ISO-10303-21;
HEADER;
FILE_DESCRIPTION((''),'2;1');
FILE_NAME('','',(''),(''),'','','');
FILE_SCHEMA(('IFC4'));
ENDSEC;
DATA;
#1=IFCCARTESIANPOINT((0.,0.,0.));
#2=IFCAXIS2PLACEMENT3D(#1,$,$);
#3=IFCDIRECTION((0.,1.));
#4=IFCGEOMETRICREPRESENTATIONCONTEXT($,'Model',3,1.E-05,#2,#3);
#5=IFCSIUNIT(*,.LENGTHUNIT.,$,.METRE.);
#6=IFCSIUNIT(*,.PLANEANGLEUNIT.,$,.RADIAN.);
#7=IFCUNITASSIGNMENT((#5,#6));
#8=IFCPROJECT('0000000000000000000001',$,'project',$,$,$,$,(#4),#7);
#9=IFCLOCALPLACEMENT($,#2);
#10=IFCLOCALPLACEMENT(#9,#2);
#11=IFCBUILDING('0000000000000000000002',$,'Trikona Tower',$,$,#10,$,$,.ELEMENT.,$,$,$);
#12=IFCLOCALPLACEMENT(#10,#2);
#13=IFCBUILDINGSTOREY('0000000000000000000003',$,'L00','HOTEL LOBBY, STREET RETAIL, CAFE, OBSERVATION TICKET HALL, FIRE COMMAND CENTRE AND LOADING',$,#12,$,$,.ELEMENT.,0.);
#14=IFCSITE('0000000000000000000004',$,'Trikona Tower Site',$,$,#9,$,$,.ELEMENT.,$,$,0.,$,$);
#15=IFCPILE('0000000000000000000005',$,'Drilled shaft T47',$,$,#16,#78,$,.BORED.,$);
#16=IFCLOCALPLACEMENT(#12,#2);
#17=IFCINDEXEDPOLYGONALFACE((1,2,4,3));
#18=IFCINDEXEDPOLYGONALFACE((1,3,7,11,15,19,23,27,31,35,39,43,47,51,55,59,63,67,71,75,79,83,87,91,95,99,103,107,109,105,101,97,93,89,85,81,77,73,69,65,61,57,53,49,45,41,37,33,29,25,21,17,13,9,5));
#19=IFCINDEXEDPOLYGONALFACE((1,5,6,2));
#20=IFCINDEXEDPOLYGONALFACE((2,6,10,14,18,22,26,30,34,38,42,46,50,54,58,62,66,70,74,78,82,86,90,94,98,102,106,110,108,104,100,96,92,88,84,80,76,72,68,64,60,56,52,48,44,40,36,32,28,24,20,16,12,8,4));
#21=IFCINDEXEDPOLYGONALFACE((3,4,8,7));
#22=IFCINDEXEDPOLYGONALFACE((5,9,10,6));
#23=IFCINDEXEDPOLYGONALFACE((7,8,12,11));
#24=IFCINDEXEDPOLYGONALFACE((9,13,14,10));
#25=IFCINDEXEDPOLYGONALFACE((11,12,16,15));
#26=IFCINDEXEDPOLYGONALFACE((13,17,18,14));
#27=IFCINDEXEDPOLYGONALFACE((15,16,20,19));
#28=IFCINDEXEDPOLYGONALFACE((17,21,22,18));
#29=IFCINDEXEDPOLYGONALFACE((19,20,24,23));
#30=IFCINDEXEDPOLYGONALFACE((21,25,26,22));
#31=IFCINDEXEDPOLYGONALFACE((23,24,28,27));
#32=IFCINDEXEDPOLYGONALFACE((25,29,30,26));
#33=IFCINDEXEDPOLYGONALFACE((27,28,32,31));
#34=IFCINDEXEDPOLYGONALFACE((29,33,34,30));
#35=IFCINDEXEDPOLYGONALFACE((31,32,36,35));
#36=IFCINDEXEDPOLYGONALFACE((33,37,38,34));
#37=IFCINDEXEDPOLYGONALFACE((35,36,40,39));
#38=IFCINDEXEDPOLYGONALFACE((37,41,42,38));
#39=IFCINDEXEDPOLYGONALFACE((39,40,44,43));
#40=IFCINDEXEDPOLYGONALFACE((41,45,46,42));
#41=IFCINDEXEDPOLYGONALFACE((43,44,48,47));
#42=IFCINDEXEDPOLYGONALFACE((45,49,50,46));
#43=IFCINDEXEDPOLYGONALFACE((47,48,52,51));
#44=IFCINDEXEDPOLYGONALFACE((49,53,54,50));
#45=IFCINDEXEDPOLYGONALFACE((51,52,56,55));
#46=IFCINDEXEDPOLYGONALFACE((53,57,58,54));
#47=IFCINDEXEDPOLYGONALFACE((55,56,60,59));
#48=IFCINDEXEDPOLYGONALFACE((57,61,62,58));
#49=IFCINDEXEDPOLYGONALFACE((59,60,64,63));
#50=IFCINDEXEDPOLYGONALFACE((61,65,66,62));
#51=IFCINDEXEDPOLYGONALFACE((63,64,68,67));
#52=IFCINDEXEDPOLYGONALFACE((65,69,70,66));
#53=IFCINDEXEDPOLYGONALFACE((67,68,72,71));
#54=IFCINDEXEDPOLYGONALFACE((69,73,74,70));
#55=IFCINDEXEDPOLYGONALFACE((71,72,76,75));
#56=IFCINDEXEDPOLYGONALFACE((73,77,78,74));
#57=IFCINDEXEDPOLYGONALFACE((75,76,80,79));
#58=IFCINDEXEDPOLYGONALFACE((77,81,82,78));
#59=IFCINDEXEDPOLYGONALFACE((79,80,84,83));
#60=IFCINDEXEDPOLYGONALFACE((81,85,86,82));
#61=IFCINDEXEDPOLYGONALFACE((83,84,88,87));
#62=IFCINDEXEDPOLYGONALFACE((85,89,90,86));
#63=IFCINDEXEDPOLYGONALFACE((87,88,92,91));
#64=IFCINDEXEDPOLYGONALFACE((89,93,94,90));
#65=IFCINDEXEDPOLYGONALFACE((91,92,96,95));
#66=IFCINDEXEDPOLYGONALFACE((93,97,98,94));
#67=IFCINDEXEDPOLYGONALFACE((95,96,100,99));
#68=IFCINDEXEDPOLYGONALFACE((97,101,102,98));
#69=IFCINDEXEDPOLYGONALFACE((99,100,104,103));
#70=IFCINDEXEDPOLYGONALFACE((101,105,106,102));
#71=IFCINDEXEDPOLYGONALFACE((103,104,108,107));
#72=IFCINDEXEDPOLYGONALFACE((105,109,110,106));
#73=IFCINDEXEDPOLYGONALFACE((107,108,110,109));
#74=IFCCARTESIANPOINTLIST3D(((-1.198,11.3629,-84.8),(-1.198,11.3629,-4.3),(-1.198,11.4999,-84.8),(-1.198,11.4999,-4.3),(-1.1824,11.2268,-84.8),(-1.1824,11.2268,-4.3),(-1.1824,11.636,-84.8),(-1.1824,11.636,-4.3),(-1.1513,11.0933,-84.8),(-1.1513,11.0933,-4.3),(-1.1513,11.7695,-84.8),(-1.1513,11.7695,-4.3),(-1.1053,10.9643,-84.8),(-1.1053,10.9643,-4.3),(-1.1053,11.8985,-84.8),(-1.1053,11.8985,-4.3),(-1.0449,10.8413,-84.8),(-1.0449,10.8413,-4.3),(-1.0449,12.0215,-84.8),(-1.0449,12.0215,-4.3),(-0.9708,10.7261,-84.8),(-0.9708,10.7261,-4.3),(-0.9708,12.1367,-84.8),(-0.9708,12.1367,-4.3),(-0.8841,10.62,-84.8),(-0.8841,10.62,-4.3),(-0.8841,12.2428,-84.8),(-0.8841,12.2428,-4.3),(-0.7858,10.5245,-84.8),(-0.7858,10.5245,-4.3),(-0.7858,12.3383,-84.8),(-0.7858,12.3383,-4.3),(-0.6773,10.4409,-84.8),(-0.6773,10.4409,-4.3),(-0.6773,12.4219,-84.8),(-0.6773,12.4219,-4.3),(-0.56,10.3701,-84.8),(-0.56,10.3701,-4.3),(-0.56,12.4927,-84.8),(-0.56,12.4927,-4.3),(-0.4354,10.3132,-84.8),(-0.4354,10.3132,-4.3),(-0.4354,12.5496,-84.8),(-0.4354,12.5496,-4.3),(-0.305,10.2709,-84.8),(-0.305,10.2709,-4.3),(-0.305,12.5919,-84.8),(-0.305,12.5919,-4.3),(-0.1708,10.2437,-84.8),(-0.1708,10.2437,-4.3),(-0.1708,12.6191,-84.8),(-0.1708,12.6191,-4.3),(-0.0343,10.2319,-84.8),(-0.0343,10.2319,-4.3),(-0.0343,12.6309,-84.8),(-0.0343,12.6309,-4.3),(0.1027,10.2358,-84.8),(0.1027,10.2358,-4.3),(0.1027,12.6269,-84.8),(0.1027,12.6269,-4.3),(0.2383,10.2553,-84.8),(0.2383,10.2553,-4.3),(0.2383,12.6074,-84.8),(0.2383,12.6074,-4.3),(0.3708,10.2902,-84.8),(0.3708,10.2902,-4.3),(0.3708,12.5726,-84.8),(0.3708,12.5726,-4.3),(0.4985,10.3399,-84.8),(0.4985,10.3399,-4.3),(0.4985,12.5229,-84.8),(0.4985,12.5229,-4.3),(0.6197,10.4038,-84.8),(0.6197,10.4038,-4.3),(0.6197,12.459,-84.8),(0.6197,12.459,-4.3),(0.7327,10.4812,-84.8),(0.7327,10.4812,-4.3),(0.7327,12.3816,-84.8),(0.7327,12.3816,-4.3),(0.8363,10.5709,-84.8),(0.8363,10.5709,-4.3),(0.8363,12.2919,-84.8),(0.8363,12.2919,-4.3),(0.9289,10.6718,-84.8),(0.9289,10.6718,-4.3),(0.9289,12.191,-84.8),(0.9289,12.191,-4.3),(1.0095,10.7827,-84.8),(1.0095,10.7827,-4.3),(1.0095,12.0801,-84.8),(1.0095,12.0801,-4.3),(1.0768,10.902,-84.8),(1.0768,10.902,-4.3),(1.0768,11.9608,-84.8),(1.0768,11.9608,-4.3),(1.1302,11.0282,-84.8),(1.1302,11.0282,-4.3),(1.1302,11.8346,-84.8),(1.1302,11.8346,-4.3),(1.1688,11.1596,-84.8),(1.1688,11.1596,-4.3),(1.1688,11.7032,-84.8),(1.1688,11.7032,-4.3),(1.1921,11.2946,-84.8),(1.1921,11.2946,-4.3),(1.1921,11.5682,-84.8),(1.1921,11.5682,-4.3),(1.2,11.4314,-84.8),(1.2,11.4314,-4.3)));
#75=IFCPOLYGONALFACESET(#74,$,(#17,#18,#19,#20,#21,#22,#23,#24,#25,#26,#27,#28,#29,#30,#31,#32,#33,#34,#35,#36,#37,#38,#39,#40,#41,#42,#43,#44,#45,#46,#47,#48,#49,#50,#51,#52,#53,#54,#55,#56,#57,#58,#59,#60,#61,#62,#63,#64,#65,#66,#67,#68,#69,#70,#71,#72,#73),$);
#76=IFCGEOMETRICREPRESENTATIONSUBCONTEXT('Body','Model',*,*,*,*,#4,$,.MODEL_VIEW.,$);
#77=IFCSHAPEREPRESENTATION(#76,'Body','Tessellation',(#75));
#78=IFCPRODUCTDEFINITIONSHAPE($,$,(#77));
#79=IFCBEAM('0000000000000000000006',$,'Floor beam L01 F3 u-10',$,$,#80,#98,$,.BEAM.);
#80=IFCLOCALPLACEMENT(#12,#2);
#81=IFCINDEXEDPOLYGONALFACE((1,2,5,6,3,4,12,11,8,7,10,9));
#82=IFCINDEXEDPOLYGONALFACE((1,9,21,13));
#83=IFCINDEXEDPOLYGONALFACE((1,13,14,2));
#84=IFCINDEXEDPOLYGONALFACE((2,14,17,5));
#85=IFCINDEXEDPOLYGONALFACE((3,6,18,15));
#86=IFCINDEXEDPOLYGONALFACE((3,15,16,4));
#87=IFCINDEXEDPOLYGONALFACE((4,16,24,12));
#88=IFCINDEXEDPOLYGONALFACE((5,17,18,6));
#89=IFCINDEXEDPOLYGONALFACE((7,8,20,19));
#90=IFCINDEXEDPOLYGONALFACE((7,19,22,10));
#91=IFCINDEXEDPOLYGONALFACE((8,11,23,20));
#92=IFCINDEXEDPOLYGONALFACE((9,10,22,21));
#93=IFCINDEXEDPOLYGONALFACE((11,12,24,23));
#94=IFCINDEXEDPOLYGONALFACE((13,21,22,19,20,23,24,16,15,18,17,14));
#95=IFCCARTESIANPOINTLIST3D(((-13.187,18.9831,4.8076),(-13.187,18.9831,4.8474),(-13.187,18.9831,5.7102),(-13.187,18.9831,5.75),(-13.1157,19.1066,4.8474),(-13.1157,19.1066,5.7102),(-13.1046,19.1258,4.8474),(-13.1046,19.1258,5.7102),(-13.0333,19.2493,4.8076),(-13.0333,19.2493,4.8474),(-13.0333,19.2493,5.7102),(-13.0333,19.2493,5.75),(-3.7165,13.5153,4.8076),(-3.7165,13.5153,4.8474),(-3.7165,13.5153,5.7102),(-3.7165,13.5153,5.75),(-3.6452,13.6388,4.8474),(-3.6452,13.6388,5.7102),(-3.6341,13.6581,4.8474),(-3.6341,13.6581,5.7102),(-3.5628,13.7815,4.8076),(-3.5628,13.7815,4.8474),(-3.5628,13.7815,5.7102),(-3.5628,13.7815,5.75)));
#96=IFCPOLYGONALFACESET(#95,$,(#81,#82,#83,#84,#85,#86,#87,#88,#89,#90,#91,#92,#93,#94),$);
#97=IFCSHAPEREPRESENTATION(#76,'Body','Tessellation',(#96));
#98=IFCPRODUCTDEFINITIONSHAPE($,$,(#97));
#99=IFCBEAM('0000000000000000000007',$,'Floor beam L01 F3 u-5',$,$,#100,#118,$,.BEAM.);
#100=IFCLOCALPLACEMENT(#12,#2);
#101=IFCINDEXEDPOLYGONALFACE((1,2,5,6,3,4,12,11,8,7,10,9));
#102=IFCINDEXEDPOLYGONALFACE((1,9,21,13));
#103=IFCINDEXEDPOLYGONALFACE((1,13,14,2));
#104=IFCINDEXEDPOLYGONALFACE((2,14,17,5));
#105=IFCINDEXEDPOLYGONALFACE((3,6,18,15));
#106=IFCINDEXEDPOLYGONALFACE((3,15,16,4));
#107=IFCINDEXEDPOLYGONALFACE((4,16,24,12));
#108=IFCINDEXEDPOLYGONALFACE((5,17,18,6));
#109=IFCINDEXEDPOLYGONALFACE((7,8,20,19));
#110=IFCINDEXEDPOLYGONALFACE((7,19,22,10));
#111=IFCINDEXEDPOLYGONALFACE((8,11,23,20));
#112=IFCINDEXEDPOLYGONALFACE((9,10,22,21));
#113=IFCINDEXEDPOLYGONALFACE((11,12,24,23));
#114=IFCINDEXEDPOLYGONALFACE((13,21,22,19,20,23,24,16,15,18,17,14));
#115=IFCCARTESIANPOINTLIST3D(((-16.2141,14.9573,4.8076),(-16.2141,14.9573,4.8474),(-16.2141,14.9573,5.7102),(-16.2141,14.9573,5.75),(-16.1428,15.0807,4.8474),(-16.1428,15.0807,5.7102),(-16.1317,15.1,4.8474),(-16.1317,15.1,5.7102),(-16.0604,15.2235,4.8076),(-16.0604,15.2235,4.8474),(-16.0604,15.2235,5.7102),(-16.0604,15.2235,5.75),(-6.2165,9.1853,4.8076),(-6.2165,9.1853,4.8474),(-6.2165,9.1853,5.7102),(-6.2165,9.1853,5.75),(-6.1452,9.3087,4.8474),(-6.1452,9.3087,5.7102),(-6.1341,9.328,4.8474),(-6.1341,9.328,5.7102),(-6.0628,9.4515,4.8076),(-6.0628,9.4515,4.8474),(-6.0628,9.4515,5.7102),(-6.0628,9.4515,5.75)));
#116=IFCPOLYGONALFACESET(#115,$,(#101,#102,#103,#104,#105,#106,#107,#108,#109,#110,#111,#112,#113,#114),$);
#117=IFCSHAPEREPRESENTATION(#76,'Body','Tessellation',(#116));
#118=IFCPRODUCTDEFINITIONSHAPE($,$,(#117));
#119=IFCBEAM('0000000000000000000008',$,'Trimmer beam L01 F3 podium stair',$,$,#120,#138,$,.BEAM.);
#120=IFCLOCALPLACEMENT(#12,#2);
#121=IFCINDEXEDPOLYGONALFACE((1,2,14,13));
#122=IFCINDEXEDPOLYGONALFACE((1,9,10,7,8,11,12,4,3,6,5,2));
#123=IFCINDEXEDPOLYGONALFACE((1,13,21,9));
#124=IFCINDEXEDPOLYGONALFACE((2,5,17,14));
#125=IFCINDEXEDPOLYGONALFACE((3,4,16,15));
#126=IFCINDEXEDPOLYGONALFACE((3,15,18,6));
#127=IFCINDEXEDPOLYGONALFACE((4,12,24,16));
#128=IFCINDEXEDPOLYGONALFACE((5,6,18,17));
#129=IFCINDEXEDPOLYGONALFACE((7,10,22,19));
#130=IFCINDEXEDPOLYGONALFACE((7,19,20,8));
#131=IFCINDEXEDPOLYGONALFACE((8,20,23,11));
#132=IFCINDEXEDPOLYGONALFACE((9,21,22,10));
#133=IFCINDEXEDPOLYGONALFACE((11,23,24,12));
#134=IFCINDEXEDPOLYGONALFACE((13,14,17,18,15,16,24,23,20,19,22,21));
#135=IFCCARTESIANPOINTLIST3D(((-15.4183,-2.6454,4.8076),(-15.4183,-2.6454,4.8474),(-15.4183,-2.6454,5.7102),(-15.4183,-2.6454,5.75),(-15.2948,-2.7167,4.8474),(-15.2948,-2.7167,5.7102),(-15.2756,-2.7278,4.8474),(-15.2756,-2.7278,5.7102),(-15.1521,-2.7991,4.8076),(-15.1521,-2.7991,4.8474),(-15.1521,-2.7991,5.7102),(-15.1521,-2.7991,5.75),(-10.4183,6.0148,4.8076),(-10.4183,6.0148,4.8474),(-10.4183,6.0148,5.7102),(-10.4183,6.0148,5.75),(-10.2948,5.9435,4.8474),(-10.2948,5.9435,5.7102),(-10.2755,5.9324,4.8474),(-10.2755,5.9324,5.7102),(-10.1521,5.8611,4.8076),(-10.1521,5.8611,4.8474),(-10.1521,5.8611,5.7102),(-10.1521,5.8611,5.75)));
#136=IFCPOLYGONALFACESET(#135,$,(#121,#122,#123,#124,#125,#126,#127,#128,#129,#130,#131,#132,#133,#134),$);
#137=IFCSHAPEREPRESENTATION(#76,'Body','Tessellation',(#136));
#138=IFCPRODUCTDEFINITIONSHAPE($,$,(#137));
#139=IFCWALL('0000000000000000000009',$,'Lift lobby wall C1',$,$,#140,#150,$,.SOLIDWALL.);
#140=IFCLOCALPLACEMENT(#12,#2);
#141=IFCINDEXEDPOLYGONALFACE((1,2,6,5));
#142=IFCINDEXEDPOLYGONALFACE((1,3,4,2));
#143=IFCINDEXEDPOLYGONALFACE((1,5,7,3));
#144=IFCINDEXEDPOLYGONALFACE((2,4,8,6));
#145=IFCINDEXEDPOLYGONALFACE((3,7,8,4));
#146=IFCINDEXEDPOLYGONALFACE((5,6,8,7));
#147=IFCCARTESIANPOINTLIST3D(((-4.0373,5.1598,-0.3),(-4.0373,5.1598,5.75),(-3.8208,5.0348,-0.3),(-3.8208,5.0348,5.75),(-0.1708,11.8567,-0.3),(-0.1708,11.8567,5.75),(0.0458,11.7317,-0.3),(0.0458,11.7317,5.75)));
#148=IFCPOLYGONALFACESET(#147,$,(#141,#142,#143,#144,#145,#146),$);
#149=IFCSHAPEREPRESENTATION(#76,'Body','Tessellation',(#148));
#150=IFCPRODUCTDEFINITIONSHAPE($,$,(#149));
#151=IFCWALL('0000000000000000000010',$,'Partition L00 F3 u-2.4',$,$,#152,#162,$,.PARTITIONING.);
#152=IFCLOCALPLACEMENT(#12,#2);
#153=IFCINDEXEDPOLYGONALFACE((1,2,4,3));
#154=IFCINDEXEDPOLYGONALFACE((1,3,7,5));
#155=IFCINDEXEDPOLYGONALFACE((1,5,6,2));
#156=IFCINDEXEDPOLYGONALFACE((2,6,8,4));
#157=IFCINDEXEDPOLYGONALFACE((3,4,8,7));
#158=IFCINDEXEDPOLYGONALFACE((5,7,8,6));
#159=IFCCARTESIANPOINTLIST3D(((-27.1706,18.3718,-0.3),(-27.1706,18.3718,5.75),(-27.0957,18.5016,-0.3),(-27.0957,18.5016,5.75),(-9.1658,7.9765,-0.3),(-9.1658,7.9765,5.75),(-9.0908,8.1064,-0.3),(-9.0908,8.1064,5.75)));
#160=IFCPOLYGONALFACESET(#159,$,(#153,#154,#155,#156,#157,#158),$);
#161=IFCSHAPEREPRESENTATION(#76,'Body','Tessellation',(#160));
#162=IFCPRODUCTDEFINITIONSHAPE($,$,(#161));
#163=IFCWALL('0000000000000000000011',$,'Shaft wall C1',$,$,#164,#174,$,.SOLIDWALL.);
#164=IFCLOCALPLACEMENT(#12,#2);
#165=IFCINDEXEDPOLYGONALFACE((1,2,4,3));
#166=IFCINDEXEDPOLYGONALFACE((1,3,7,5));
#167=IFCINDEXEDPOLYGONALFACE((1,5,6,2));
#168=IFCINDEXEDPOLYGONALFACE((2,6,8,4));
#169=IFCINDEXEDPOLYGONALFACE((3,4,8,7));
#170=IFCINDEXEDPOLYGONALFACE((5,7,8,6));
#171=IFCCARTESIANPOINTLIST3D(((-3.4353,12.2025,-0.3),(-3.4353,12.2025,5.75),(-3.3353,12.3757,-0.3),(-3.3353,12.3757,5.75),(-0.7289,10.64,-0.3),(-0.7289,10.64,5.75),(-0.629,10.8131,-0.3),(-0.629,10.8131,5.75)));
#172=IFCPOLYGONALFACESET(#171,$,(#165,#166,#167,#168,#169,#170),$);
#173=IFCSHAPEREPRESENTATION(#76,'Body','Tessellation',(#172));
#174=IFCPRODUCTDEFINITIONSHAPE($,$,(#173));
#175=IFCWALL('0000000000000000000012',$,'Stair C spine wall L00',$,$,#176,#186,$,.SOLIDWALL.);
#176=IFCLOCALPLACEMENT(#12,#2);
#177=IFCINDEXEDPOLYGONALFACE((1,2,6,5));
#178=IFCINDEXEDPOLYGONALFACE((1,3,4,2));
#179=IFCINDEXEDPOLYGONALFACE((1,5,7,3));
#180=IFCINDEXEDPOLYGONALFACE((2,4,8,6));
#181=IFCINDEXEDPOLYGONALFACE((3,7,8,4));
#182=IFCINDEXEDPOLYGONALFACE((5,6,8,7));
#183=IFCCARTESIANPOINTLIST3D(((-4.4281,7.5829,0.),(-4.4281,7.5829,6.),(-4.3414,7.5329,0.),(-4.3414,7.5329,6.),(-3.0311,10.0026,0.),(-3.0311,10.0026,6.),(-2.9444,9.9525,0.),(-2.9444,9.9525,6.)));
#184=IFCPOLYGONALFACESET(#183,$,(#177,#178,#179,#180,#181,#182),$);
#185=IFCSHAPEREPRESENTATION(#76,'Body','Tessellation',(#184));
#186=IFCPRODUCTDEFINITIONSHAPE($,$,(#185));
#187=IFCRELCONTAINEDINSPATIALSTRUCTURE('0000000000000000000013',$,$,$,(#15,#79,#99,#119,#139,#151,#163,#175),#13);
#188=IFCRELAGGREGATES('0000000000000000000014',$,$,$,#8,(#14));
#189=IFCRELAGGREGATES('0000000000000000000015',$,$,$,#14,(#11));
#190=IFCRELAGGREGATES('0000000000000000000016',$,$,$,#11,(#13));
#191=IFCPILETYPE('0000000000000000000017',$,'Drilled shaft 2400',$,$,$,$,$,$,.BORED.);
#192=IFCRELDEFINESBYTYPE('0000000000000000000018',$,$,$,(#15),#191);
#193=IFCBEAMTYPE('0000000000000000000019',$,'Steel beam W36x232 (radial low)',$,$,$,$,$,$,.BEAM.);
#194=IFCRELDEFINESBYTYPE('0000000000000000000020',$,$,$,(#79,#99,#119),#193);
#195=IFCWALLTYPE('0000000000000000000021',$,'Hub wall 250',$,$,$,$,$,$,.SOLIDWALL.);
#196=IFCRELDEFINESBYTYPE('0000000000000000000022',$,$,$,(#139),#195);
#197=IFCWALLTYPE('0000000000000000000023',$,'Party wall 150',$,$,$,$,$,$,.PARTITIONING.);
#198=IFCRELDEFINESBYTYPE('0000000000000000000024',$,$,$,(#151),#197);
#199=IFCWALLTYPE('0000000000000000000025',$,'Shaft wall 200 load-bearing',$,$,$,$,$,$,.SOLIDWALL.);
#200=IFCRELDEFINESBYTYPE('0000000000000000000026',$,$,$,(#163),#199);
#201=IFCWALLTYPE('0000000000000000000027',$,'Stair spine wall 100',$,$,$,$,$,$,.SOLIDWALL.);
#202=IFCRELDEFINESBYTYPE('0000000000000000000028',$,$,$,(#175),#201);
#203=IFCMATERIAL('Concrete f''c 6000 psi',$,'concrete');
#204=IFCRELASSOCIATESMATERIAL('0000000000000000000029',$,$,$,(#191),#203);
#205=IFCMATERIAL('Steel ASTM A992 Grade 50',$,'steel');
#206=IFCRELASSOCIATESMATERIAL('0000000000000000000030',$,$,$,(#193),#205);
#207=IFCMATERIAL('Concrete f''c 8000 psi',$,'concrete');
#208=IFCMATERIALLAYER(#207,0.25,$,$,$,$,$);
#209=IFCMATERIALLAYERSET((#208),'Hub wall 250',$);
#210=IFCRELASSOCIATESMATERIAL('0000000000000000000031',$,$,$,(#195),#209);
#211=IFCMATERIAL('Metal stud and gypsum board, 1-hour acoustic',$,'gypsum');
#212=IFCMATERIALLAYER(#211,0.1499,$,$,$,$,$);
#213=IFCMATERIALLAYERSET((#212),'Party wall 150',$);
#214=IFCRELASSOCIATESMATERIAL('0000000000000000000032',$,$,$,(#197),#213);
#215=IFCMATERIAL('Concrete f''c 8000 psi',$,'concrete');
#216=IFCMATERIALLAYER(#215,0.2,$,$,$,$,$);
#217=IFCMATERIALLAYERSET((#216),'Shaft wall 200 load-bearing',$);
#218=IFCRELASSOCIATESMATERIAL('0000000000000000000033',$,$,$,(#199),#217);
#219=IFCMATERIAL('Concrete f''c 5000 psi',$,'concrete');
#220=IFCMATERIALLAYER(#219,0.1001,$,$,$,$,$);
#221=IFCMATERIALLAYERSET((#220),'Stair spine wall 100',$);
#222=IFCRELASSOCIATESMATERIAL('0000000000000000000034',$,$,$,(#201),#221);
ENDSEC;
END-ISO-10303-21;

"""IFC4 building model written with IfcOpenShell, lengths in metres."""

from ifc_helpers import new_model, si_unit, direction, frame, frame_2d, origin, origin_2d, place, context, subcontext, project, spatial, rectangle, circle, i_section, extrude, material, layer, layer_set, material_profile, profile_set, type_object, element, save


model = new_model("IFC4")

# Units and contexts
model_context = context("Model", 3, precision=1e-05, world=origin(), true_north=direction((0.0, 1.0)))
body_context = subcontext(model_context, "Body", "Model", "MODEL_VIEW")
ifc_project = project(units=[si_unit("LENGTHUNIT", "METRE"), si_unit("PLANEANGLEUNIT", "RADIAN")], contexts=[model_context])

# Site, building, storey
site_placement = place(None, origin())
site = spatial("IfcSite", under=ifc_project, at=site_placement, Name="Trikona Tower Site", CompositionType="ELEMENT", RefElevation=0.0)
building_placement = place(site_placement, origin())
building = spatial("IfcBuilding", under=site, at=building_placement, Name="Trikona Tower", CompositionType="ELEMENT")
storey_placement = place(building_placement, origin())
storey = spatial("IfcBuildingStorey", under=building, at=storey_placement, Name="L00", Description="HOTEL LOBBY, STREET RETAIL, CAFE, OBSERVATION TICKET HALL, FIRE COMMAND CENTRE AND LOADING", CompositionType="ELEMENT", Elevation=0.0)

# Pile
ifc_material_1 = material(Name="Concrete f'c 6000 psi", Category="concrete")
pile_type = type_object("IfcPileType", Name="Drilled shaft 2400", PredefinedType="BORED", material=ifc_material_1)
for number, where, z_axis, x_axis, name in (
    (1, (0.0, 11.4314, -4.3), (0.0, 0.0, -1.0), (1.0, 0.0, 0.0), "Drilled shaft T47"),
):
    element("IfcPile", number, at=place(storey_placement, frame(where, z_axis=z_axis, x_axis=x_axis)), inside=storey, type_object=pile_type, Name=name, PredefinedType="BORED", context=body_context, shape_type="SweptSolid", body=[
        extrude(circle(Radius=1.2, at=origin_2d()), origin(), (0.0, 0.0, 1.0), 80.5),
    ])

# Beams
ifc_material_2 = material(Name="Steel ASTM A992 Grade 50", Category="steel")
ifc_material_profile = material_profile(ifc_material_2, i_section(OverallWidth=0.3074, OverallDepth=0.9424, WebThickness=0.0222, FlangeThickness=0.0398, at=origin_2d()), Name="W36X232")
ifc_profile_set = profile_set([ifc_material_profile], Name="Steel ASTM A992 Grade 50")
beam_type = type_object("IfcBeamType", Name="Steel beam W36x232 (radial low)", PredefinedType="BEAM", material=ifc_profile_set)
beam_1_placement = place(storey_placement, frame((-3.6396, 13.6484, 5.2788), z_axis=(-0.866025, 0.5, 0.0), x_axis=(-0.5, -0.866025, 0.0)))
element("IfcBeam", 2, at=beam_1_placement, inside=storey, type_object=beam_type, Name="Floor beam L01 F3 u-10", PredefinedType="BEAM", context=body_context, shape_type="SweptSolid", body=[
    extrude(i_section(OverallWidth=0.3074, OverallDepth=0.9424, WebThickness=0.0222, FlangeThickness=0.0398, at=origin_2d()), origin(), (0.0, 0.0, 1.0), 10.9355),
])
beam_2_placement = place(storey_placement, frame((-6.1396, 9.3184, 5.2788), z_axis=(-0.86603, 0.499992, 0.0), x_axis=(-0.499992, -0.86603, 0.0)))
element("IfcBeam", 3, at=beam_2_placement, inside=storey, type_object=beam_type, Name="Floor beam L01 F3 u-5", PredefinedType="BEAM", context=body_context, shape_type="SweptSolid", body=[
    extrude(i_section(OverallWidth=0.3074, OverallDepth=0.9424, WebThickness=0.0222, FlangeThickness=0.0398, at=origin_2d()), origin(), (0.0, 0.0, 1.0), 11.5442),
])
beam_3_placement = place(storey_placement, frame((-10.2852, 5.938, 5.2788), z_axis=(-0.500004, -0.866023, 0.0), x_axis=(0.866023, -0.500004, 0.0)))
element("IfcBeam", 4, at=beam_3_placement, inside=storey, type_object=beam_type, Name="Trimmer beam L01 F3 podium stair", PredefinedType="BEAM", context=body_context, shape_type="SweptSolid", body=[
    extrude(i_section(OverallWidth=0.3074, OverallDepth=0.9424, WebThickness=0.0222, FlangeThickness=0.0398, at=origin_2d()), origin(), (0.0, 0.0, 1.0), 10.0),
])

# Walls
ifc_material_3 = material(Name="Concrete f'c 8000 psi", Category="concrete")
ifc_layer_1 = layer(ifc_material_3, 0.25)
ifc_layer_set_1 = layer_set([ifc_layer_1], Name="Hub wall 250")
wall_type_1 = type_object("IfcWallType", Name="Hub wall 250", PredefinedType="SOLIDWALL", material=ifc_layer_set_1)
wall_1_placement = place(storey_placement, frame((-0.0625, 11.7942, -0.3), z_axis=(0.0, 0.0, 1.0), x_axis=(-0.500007, -0.866022, 0.0)))
element("IfcWall", 5, at=wall_1_placement, inside=storey, type_object=wall_type_1, Name="Lift lobby wall C1", PredefinedType="SOLIDWALL", context=body_context, shape_type="SweptSolid", body=[
    extrude(rectangle(XDim=7.7329, YDim=0.25, at=frame_2d((3.8665, 0.0))), origin(), (0.0, 0.0, 1.0), 6.05),
])
ifc_material_4 = material(Name="Metal stud and gypsum board, 1-hour acoustic", Category="gypsum")
ifc_layer_2 = layer(ifc_material_4, 0.1499)
ifc_layer_set_2 = layer_set([ifc_layer_2], Name="Party wall 150")
wall_type_2 = type_object("IfcWallType", Name="Party wall 150", PredefinedType="PARTITIONING", material=ifc_layer_set_2)
wall_2_placement = place(storey_placement, frame((-9.1284, 8.0415, -0.3), z_axis=(0.0, 0.0, 1.0), x_axis=(-0.866022, 0.500005, 0.0)))
element("IfcWall", 6, at=wall_2_placement, inside=storey, type_object=wall_type_2, Name="Partition L00 F3 u-2.4", PredefinedType="PARTITIONING", context=body_context, shape_type="SweptSolid", body=[
    extrude(rectangle(XDim=20.7903, YDim=0.1499, at=frame_2d((10.395, 0.0))), origin(), (0.0, 0.0, 1.0), 6.05),
])
ifc_material_5 = material(Name="Concrete f'c 8000 psi", Category="concrete")
ifc_layer_3 = layer(ifc_material_5, 0.2)
ifc_layer_set_3 = layer_set([ifc_layer_3], Name="Shaft wall 200 load-bearing")
wall_type_3 = type_object("IfcWallType", Name="Shaft wall 200 load-bearing", PredefinedType="SOLIDWALL", material=ifc_layer_set_3)
wall_3_placement = place(storey_placement, frame((-0.679, 10.7266, -0.3), z_axis=(0.0, 0.0, 1.0), x_axis=(-0.866023, 0.500004, 0.0)))
element("IfcWall", 7, at=wall_3_placement, inside=storey, type_object=wall_type_3, Name="Shaft wall C1", PredefinedType="SOLIDWALL", context=body_context, shape_type="SweptSolid", body=[
    extrude(rectangle(XDim=3.125, YDim=0.2, at=frame_2d((1.5625, 0.0))), origin(), (0.0, 0.0, 1.0), 6.05),
])
ifc_material_6 = material(Name="Concrete f'c 5000 psi", Category="concrete")
ifc_layer_4 = layer(ifc_material_6, 0.1001)
ifc_layer_set_4 = layer_set([ifc_layer_4], Name="Stair spine wall 100")
wall_type_4 = type_object("IfcWallType", Name="Stair spine wall 100", PredefinedType="SOLIDWALL", material=ifc_layer_set_4)
wall_4_placement = place(storey_placement, frame((-2.9878, 9.9775, 0.0), z_axis=(0.0, 0.0, 1.0), x_axis=(-0.499992, -0.86603, 0.0)))
element("IfcWall", 8, at=wall_4_placement, inside=storey, type_object=wall_type_4, Name="Stair C spine wall L00", PredefinedType="SOLIDWALL", context=body_context, shape_type="SweptSolid", body=[
    extrude(rectangle(XDim=2.7939, YDim=0.1001, at=frame_2d((1.397, 0.0))), origin(), (0.0, 0.0, 1.0), 6.0),
])

save(model, "model.ifc")
